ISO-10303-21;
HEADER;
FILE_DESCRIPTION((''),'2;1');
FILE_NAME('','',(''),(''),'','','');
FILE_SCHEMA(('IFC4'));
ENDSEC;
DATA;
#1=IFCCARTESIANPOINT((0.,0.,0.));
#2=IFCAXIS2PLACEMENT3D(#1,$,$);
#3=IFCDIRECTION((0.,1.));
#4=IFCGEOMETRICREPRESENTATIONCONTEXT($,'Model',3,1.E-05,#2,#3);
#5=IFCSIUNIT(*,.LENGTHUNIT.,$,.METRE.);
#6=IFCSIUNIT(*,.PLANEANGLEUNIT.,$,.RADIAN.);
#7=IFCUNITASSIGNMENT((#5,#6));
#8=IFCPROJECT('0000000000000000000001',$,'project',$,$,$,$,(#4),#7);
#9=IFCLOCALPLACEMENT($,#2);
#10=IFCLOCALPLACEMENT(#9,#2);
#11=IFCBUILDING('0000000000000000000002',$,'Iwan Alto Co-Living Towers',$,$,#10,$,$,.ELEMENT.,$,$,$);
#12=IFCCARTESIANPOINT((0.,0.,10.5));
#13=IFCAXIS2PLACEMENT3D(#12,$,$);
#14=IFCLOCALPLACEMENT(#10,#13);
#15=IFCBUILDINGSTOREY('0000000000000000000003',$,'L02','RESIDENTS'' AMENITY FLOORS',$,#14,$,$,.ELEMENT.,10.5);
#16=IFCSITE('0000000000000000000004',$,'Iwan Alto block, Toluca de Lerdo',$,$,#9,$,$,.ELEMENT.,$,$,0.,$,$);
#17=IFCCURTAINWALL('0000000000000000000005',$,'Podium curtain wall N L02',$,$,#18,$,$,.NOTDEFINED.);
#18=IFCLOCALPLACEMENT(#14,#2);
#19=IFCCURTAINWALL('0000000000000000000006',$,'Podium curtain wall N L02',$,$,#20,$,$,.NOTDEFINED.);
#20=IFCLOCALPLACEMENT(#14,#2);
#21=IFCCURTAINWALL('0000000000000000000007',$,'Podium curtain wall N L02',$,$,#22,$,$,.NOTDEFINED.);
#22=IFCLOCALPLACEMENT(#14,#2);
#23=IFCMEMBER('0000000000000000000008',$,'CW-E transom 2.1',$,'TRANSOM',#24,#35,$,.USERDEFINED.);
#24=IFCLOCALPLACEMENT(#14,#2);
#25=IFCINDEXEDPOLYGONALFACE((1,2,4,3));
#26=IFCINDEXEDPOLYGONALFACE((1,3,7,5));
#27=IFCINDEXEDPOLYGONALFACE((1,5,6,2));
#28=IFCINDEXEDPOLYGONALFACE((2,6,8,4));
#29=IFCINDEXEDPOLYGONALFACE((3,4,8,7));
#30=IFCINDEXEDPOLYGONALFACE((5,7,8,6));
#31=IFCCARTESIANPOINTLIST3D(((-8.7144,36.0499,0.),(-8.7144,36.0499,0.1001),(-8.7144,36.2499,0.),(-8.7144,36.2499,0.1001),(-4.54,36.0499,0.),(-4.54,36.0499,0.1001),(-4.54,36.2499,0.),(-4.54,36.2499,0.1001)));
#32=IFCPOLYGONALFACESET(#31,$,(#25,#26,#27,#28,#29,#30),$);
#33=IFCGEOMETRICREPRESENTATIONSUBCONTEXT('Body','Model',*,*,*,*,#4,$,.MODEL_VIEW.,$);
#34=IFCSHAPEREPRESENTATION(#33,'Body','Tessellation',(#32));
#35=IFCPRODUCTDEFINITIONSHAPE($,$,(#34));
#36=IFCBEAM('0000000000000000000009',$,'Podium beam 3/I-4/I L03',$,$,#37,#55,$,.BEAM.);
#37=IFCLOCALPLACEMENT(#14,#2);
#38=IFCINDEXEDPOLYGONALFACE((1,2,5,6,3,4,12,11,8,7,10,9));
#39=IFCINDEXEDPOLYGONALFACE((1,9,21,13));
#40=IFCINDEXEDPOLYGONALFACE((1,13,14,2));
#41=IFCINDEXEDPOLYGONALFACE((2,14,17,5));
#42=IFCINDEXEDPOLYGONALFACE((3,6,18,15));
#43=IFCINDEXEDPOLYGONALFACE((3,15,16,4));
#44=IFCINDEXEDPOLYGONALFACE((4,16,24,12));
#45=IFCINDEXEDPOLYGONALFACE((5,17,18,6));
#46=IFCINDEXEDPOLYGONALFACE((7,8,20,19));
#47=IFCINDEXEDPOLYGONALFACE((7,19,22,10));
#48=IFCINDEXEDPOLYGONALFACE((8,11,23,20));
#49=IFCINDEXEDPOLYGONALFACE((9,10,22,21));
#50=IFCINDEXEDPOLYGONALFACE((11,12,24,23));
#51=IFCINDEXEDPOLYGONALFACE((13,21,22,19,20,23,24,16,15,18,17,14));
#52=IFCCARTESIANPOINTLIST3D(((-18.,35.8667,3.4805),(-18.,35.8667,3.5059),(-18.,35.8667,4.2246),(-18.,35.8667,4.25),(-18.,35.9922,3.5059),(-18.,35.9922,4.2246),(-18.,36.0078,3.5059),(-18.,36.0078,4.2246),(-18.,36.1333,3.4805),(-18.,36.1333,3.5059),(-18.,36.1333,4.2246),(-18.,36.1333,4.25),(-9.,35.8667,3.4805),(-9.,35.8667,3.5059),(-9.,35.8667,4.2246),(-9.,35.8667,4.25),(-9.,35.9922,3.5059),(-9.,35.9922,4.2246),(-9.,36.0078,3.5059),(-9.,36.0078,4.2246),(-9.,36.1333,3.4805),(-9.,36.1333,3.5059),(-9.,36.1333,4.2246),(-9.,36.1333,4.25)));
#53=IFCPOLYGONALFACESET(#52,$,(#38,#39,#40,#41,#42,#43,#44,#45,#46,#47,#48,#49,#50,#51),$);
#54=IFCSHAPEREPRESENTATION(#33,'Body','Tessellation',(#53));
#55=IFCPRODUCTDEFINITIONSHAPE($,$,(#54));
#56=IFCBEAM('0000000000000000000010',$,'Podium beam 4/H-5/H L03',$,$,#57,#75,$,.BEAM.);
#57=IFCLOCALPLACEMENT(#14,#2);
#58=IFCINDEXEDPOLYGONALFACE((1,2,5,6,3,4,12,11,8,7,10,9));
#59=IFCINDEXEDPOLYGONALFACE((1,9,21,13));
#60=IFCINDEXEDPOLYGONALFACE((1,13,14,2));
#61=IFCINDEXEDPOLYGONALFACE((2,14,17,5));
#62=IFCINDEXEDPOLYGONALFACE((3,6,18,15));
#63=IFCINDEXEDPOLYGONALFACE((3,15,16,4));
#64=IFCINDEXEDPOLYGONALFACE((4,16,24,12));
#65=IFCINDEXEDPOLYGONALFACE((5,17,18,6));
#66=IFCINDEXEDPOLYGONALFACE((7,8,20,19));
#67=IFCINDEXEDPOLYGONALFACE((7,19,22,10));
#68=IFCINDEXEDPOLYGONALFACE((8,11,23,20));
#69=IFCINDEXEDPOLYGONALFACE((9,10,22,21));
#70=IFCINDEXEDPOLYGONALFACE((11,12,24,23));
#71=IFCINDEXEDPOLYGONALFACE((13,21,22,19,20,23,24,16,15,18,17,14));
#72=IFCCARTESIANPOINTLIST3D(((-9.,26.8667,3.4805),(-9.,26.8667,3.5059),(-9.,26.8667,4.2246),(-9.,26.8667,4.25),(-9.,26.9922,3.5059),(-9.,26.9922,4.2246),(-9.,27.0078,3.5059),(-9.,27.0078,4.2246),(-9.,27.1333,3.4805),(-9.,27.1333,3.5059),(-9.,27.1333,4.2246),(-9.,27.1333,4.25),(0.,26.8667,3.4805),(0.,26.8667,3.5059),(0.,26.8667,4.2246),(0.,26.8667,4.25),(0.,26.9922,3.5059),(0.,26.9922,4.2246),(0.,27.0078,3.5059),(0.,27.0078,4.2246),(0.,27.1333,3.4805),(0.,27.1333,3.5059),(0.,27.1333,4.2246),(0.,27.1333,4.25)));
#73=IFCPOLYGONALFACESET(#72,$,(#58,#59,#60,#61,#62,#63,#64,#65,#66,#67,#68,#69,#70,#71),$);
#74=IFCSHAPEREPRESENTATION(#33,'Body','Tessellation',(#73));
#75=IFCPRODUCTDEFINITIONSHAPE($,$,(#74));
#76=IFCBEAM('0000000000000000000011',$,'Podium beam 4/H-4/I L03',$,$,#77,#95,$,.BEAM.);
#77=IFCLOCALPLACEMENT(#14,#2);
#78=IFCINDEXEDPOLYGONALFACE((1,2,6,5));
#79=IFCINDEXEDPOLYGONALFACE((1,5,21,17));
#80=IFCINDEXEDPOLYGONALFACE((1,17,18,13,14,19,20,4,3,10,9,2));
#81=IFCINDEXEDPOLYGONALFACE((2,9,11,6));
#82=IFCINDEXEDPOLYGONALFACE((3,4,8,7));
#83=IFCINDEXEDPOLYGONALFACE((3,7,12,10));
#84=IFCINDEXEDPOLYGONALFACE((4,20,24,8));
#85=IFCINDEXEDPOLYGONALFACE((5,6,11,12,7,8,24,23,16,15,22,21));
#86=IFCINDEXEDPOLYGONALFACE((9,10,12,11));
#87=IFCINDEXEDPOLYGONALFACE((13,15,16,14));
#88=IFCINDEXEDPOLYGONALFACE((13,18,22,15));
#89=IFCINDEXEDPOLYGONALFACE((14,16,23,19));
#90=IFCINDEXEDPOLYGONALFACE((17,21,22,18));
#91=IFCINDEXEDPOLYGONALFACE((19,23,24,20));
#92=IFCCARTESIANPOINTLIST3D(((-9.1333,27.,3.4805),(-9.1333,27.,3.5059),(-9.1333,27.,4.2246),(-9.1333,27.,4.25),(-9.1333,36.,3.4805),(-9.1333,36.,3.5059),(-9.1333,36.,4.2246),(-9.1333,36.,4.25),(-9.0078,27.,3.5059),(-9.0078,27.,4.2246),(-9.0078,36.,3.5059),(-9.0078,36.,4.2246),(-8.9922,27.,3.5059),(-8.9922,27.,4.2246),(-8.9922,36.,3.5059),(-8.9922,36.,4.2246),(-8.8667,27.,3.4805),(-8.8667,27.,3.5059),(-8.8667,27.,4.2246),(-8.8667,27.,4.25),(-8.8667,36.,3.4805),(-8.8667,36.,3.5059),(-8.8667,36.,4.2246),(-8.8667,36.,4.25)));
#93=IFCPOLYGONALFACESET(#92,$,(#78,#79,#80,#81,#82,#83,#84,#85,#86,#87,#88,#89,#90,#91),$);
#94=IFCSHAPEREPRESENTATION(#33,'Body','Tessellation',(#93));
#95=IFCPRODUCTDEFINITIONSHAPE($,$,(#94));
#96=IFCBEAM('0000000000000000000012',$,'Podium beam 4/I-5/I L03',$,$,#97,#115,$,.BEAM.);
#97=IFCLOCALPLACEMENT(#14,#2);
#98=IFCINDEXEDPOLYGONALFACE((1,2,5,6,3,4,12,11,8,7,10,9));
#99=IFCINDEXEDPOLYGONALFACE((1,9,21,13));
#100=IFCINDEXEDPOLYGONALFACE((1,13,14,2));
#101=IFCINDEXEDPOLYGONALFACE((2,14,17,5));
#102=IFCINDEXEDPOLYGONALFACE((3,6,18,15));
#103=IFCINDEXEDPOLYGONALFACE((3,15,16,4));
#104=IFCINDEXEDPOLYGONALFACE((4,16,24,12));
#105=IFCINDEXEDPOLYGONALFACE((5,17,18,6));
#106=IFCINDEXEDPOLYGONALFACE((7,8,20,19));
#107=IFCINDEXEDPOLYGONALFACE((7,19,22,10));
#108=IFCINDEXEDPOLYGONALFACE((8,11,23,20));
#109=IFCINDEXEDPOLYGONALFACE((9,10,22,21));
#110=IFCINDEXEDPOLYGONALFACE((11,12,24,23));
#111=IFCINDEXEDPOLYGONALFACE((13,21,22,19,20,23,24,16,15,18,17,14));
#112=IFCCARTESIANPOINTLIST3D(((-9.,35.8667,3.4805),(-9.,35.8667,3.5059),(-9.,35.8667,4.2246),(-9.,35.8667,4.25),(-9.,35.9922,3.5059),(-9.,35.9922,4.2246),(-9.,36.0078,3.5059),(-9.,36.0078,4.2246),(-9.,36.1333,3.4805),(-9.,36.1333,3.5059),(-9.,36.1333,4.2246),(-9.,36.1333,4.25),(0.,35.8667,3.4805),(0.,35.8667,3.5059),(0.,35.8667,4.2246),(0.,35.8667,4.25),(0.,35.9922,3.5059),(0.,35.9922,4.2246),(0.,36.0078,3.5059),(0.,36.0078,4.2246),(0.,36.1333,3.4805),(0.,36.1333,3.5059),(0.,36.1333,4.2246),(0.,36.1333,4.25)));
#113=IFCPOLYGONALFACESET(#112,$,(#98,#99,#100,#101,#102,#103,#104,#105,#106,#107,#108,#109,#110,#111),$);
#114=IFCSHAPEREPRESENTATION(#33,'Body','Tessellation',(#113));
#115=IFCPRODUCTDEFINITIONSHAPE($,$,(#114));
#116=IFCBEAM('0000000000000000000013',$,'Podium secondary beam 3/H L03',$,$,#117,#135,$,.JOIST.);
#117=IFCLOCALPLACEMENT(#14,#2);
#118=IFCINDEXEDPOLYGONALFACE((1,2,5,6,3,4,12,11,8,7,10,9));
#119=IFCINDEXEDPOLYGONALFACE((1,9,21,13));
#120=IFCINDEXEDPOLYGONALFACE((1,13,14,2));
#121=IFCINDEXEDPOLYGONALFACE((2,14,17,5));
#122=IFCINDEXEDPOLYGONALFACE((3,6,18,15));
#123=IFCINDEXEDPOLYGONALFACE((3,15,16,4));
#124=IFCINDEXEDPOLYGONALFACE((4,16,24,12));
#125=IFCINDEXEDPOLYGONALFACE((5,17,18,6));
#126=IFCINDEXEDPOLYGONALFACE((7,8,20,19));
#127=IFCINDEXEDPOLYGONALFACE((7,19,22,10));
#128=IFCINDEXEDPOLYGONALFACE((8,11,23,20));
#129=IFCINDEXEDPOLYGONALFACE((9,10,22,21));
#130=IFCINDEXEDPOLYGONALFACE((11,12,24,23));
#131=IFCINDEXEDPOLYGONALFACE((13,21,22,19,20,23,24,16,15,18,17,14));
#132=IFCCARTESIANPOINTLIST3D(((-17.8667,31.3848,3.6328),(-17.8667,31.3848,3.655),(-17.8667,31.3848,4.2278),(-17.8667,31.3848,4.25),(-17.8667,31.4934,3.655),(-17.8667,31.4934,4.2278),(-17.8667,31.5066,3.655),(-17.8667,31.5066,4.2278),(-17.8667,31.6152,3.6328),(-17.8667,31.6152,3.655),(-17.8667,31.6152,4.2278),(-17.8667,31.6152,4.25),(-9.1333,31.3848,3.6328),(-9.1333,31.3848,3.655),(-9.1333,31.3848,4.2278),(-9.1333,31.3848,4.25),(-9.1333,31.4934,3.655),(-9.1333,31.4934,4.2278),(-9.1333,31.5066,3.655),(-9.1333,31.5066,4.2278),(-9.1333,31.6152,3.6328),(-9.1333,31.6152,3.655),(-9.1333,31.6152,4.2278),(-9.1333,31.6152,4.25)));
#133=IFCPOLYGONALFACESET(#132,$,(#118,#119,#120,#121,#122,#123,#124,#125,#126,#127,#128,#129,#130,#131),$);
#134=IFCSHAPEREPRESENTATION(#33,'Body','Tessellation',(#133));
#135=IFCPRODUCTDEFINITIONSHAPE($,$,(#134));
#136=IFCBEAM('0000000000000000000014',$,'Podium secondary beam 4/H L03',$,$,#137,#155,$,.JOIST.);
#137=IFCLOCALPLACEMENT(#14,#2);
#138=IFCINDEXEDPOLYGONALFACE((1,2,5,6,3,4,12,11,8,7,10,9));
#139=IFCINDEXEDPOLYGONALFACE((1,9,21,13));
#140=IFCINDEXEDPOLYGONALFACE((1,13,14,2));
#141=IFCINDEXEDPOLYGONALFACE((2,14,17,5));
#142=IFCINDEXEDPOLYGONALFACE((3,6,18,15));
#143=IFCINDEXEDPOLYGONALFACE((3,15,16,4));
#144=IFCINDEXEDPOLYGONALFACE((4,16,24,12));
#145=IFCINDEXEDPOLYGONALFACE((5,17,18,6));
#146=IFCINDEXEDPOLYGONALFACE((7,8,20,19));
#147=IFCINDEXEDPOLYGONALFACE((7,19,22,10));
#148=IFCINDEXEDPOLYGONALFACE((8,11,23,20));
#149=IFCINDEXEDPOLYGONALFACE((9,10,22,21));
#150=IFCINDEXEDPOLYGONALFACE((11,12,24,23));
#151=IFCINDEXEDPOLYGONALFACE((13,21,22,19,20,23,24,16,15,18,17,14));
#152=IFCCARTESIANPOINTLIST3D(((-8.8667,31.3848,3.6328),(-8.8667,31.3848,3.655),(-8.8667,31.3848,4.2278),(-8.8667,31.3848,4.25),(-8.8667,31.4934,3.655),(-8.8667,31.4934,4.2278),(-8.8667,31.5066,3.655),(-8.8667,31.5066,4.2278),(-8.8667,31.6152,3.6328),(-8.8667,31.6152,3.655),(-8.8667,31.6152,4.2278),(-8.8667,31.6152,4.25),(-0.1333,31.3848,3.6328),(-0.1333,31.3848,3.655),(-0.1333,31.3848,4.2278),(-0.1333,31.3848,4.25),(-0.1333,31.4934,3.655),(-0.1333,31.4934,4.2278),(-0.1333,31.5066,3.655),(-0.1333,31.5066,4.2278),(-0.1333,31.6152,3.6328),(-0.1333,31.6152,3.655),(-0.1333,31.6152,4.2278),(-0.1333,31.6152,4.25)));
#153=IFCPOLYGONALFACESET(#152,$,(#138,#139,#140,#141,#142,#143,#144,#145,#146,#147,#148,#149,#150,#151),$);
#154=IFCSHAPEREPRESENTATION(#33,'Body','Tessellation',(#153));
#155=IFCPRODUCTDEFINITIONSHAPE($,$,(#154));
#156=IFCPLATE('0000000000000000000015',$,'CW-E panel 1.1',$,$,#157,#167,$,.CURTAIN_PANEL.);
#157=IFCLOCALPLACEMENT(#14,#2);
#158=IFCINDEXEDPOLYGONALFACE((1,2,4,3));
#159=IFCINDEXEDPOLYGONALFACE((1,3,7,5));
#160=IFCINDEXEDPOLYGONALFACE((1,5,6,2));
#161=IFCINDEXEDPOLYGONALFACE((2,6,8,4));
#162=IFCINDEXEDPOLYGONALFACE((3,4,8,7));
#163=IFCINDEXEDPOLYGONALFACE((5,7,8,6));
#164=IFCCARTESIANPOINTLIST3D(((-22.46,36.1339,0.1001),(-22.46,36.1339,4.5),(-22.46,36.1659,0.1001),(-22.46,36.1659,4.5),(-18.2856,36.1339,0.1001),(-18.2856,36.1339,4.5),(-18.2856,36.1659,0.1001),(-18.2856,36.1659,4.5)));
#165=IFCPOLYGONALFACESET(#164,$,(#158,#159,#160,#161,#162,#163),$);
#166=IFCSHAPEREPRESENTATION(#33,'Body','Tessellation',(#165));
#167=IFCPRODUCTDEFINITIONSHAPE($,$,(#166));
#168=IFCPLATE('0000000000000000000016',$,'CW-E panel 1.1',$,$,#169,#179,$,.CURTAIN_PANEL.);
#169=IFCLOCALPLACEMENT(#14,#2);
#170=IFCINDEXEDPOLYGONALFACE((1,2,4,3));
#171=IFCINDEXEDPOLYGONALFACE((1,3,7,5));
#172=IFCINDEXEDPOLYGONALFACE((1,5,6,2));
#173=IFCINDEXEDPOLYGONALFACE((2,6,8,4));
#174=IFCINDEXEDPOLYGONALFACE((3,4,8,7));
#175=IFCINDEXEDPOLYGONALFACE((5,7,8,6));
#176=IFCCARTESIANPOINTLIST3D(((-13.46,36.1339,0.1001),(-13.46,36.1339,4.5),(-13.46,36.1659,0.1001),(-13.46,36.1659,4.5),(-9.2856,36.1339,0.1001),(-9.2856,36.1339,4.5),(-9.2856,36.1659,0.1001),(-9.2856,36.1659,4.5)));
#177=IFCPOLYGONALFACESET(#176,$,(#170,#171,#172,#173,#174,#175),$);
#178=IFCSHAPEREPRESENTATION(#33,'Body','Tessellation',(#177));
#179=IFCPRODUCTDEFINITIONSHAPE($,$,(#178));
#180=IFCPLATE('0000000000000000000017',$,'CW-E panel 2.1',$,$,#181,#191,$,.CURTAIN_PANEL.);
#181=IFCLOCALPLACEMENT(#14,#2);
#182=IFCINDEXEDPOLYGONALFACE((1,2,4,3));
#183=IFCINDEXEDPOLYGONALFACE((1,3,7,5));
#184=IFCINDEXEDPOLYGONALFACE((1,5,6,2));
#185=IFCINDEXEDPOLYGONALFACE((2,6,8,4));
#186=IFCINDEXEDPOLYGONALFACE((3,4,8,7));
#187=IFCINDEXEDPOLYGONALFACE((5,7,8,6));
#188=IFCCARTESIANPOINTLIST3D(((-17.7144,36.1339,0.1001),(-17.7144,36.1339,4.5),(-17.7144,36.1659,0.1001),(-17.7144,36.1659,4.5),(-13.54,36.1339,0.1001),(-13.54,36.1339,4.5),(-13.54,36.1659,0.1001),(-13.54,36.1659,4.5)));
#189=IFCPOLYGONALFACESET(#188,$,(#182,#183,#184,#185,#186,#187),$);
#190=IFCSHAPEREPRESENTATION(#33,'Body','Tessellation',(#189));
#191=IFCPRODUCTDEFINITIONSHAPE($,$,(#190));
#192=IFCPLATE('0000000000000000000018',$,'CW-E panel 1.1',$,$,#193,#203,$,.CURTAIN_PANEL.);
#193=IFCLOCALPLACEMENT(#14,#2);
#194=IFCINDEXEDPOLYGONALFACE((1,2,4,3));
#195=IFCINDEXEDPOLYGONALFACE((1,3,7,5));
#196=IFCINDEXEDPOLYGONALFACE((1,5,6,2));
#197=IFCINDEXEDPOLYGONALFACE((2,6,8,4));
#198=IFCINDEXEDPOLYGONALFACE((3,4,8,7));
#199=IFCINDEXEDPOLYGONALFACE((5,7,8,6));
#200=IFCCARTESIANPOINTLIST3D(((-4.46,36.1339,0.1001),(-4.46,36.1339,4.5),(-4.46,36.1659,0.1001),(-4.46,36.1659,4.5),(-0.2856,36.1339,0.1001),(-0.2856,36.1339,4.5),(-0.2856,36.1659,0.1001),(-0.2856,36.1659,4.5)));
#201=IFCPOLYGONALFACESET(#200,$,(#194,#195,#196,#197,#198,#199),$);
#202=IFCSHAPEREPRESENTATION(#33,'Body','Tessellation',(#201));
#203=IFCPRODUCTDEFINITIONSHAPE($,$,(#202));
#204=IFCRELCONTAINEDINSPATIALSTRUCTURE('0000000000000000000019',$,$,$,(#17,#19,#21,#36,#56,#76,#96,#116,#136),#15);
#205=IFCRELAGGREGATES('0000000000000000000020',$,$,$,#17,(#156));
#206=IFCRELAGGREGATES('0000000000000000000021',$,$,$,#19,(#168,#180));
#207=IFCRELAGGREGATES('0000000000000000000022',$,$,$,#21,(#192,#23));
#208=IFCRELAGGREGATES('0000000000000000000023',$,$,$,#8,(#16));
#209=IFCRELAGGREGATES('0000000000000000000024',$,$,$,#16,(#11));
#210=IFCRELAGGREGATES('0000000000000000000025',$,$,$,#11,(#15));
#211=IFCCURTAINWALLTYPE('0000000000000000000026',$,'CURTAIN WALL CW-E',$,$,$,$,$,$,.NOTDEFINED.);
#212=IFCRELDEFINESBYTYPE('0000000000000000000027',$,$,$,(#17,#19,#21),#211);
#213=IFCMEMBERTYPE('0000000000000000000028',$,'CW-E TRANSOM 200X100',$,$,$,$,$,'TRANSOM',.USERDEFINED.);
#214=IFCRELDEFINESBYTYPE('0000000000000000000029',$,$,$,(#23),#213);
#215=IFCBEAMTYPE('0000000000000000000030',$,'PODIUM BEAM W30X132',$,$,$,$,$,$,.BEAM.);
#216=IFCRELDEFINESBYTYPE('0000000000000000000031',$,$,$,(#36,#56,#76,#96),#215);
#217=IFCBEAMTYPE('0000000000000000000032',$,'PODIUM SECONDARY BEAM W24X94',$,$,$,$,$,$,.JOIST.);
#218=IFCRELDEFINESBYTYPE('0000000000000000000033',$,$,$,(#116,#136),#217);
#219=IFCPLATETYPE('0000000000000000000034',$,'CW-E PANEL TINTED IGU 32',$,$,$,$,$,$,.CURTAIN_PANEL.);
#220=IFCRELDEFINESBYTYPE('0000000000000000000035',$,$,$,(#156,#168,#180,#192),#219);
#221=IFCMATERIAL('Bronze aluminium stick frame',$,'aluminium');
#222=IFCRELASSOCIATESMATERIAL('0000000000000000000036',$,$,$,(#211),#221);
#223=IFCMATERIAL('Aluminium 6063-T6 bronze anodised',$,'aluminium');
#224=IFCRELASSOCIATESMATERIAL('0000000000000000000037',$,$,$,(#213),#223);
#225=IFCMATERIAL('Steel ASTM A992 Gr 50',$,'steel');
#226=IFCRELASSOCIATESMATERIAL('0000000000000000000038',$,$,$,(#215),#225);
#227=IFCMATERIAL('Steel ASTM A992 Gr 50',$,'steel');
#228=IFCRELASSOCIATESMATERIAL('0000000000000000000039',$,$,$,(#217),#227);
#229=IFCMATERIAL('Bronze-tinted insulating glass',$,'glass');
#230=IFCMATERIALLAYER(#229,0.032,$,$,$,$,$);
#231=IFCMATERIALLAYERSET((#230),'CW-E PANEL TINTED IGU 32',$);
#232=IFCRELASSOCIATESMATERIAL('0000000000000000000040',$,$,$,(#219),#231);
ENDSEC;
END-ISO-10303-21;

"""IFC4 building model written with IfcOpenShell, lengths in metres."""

from ifc_helpers import new_model, si_unit, direction, frame, origin, origin_2d, place, context, subcontext, project, spatial, rectangle, i_section, extrude, material, layer, layer_set, material_profile, profile_set, type_object, element, aggregate, save


model = new_model("IFC4")

# Units and contexts
model_context = context("Model", 3, precision=1e-05, world=origin(), true_north=direction((0.0, 1.0)))
body_context = subcontext(model_context, "Body", "Model", "MODEL_VIEW")
ifc_project = project(units=[si_unit("LENGTHUNIT", "METRE"), si_unit("PLANEANGLEUNIT", "RADIAN")], contexts=[model_context])

# Site, building, storey
site_placement = place(None, origin())
site = spatial("IfcSite", under=ifc_project, at=site_placement, Name="Iwan Alto block, Toluca de Lerdo", CompositionType="ELEMENT", RefElevation=0.0)
building_placement = place(site_placement, origin())
building = spatial("IfcBuilding", under=site, at=building_placement, Name="Iwan Alto Co-Living Towers", CompositionType="ELEMENT")
storey_placement = place(building_placement, frame((0.0, 0.0, 10.5)))
storey = spatial("IfcBuildingStorey", under=building, at=storey_placement, Name="L02", Description="RESIDENTS' AMENITY FLOORS", CompositionType="ELEMENT", Elevation=10.5)

# Curtain wall
ifc_material_1 = material(Name="Bronze aluminium stick frame", Category="aluminium")
curtain_wall_type = type_object("IfcCurtainWallType", Name="CURTAIN WALL CW-E", PredefinedType="NOTDEFINED", material=ifc_material_1)
curtain_wall_1_placement = place(storey_placement, origin())
curtain_wall_1 = element("IfcCurtainWall", 1, at=curtain_wall_1_placement, inside=storey, type_object=curtain_wall_type, Name="Podium curtain wall N L02", PredefinedType="NOTDEFINED")

# Curtain walls
curtain_wall_2_placement = place(storey_placement, origin())
curtain_wall_2 = element("IfcCurtainWall", 2, at=curtain_wall_2_placement, inside=storey, type_object=curtain_wall_type, Name="Podium curtain wall N L02", PredefinedType="NOTDEFINED")
curtain_wall_3_placement = place(storey_placement, origin())
curtain_wall_3 = element("IfcCurtainWall", 3, at=curtain_wall_3_placement, inside=storey, type_object=curtain_wall_type, Name="Podium curtain wall N L02", PredefinedType="NOTDEFINED")

# Member
ifc_material_2 = material(Name="Aluminium 6063-T6 bronze anodised", Category="aluminium")
ifc_material_profile_1 = material_profile(ifc_material_2, rectangle(XDim=0.2, YDim=0.1001, at=origin_2d()), Name="AL 200X100")
ifc_profile_set_1 = profile_set([ifc_material_profile_1], Name="Aluminium 6063-T6 bronze anodised")
member_type_1 = type_object("IfcMemberType", Name="CW-E TRANSOM 200X100", ElementType="TRANSOM", PredefinedType="USERDEFINED", material=ifc_profile_set_1)
member_1_placement = place(storey_placement, frame((-4.54, 36.1499, 0.05), z_axis=(-1.0, 0.0, 0.0), x_axis=(0.0, -1.0, 0.0)))
member_1 = element("IfcMember", 4, at=member_1_placement, type_object=member_type_1, Name="CW-E transom 2.1", ObjectType="TRANSOM", PredefinedType="USERDEFINED", context=body_context, shape_type="SweptSolid", body=[
    extrude(rectangle(XDim=0.2, YDim=0.1001, at=origin_2d()), origin(), (0.0, 0.0, 1.0), 4.1743),
])

# Beams
ifc_material_3 = material(Name="Steel ASTM A992 Gr 50", Category="steel")
ifc_material_profile_2 = material_profile(ifc_material_3, i_section(OverallWidth=0.2666, OverallDepth=0.7695, WebThickness=0.0156, FlangeThickness=0.0254, at=origin_2d()), Name="W30X132")
ifc_profile_set_2 = profile_set([ifc_material_profile_2], Name="Steel ASTM A992 Gr 50")
beam_type_1 = type_object("IfcBeamType", Name="PODIUM BEAM W30X132", PredefinedType="BEAM", material=ifc_profile_set_2)
for number, where, z_axis, x_axis, name in (
    (5, (-18.0, 36.0, 3.8652), (1.0, 0.0, 0.0), (0.0, 1.0, 0.0), "Podium beam 3/I-4/I L03"),
    (6, (-9.0, 27.0, 3.8652), (1.0, 0.0, 0.0), (0.0, 1.0, 0.0), "Podium beam 4/H-5/H L03"),
    (7, (-9.0, 27.0, 3.8652), (0.0, 1.0, 0.0), (-1.0, 0.0, 0.0), "Podium beam 4/H-4/I L03"),
    (8, (-9.0, 36.0, 3.8652), (1.0, 0.0, 0.0), (0.0, 1.0, 0.0), "Podium beam 4/I-5/I L03"),
):
    element("IfcBeam", number, at=place(storey_placement, frame(where, z_axis=z_axis, x_axis=x_axis)), inside=storey, type_object=beam_type_1, Name=name, PredefinedType="BEAM", context=body_context, shape_type="SweptSolid", body=[
        extrude(i_section(OverallWidth=0.2666, OverallDepth=0.7695, WebThickness=0.0156, FlangeThickness=0.0254, at=origin_2d()), origin(), (0.0, 0.0, 1.0), 9.0),
    ])
ifc_material_4 = material(Name="Steel ASTM A992 Gr 50", Category="steel")
ifc_material_profile_3 = material_profile(ifc_material_4, i_section(OverallWidth=0.2305, OverallDepth=0.6172, WebThickness=0.0132, FlangeThickness=0.0222, at=origin_2d()), Name="W24X94")
ifc_profile_set_3 = profile_set([ifc_material_profile_3], Name="Steel ASTM A992 Gr 50")
beam_type_2 = type_object("IfcBeamType", Name="PODIUM SECONDARY BEAM W24X94", PredefinedType="JOIST", material=ifc_profile_set_3)
for number, where, z_axis, x_axis, name in (
    (9, (-17.8667, 31.5, 3.9414), (1.0, 0.0, 0.0), (0.0, 1.0, 0.0), "Podium secondary beam 3/H L03"),
    (10, (-8.8667, 31.5, 3.9414), (1.0, 0.0, 0.0), (0.0, 1.0, 0.0), "Podium secondary beam 4/H L03"),
):
    element("IfcBeam", number, at=place(storey_placement, frame(where, z_axis=z_axis, x_axis=x_axis)), inside=storey, type_object=beam_type_2, Name=name, PredefinedType="JOIST", context=body_context, shape_type="SweptSolid", body=[
        extrude(i_section(OverallWidth=0.2305, OverallDepth=0.6172, WebThickness=0.0132, FlangeThickness=0.0222, at=origin_2d()), origin(), (0.0, 0.0, 1.0), 8.7334),
    ])

# Plates
ifc_material_5 = material(Name="Bronze-tinted insulating glass", Category="glass")
ifc_layer_1 = layer(ifc_material_5, 0.032)
ifc_layer_set_1 = layer_set([ifc_layer_1], Name="CW-E PANEL TINTED IGU 32")
plate_type = type_object("IfcPlateType", Name="CW-E PANEL TINTED IGU 32", PredefinedType="CURTAIN_PANEL", material=ifc_layer_set_1)
plate_1_placement = place(storey_placement, frame((-20.3728, 36.1499, 0.1001), z_axis=(0.0, 0.0, 1.0), x_axis=(-1.0, 0.0, 0.0)))
plate_1 = element("IfcPlate", 11, at=plate_1_placement, type_object=plate_type, Name="CW-E panel 1.1", PredefinedType="CURTAIN_PANEL", context=body_context, shape_type="SweptSolid", body=[
    extrude(rectangle(XDim=4.1743, YDim=0.032, at=origin_2d()), origin(), (0.0, 0.0, 1.0), 4.3999),
])
aggregate(curtain_wall_1, [plate_1])
plate_2_placement = place(storey_placement, frame((-11.3728, 36.1499, 0.1001), z_axis=(0.0, 0.0, 1.0), x_axis=(-1.0, 0.0, 0.0)))
plate_2 = element("IfcPlate", 12, at=plate_2_placement, type_object=plate_type, Name="CW-E panel 1.1", PredefinedType="CURTAIN_PANEL", context=body_context, shape_type="SweptSolid", body=[
    extrude(rectangle(XDim=4.1743, YDim=0.032, at=origin_2d()), origin(), (0.0, 0.0, 1.0), 4.3999),
])
plate_3_placement = place(storey_placement, frame((-15.6272, 36.1499, 0.1001), z_axis=(0.0, 0.0, 1.0), x_axis=(-1.0, 0.0, 0.0)))
plate_3 = element("IfcPlate", 13, at=plate_3_placement, type_object=plate_type, Name="CW-E panel 2.1", PredefinedType="CURTAIN_PANEL", context=body_context, shape_type="SweptSolid", body=[
    extrude(rectangle(XDim=4.1743, YDim=0.032, at=origin_2d()), origin(), (0.0, 0.0, 1.0), 4.3999),
])
aggregate(curtain_wall_2, [plate_2, plate_3])
plate_4_placement = place(storey_placement, frame((-2.3728, 36.1499, 0.1001), z_axis=(0.0, 0.0, 1.0), x_axis=(-1.0, 0.0, 0.0)))
plate_4 = element("IfcPlate", 14, at=plate_4_placement, type_object=plate_type, Name="CW-E panel 1.1", PredefinedType="CURTAIN_PANEL", context=body_context, shape_type="SweptSolid", body=[
    extrude(rectangle(XDim=4.1743, YDim=0.032, at=origin_2d()), origin(), (0.0, 0.0, 1.0), 4.3999),
])
aggregate(curtain_wall_3, [plate_4, member_1])

save(model, "model.ifc")
